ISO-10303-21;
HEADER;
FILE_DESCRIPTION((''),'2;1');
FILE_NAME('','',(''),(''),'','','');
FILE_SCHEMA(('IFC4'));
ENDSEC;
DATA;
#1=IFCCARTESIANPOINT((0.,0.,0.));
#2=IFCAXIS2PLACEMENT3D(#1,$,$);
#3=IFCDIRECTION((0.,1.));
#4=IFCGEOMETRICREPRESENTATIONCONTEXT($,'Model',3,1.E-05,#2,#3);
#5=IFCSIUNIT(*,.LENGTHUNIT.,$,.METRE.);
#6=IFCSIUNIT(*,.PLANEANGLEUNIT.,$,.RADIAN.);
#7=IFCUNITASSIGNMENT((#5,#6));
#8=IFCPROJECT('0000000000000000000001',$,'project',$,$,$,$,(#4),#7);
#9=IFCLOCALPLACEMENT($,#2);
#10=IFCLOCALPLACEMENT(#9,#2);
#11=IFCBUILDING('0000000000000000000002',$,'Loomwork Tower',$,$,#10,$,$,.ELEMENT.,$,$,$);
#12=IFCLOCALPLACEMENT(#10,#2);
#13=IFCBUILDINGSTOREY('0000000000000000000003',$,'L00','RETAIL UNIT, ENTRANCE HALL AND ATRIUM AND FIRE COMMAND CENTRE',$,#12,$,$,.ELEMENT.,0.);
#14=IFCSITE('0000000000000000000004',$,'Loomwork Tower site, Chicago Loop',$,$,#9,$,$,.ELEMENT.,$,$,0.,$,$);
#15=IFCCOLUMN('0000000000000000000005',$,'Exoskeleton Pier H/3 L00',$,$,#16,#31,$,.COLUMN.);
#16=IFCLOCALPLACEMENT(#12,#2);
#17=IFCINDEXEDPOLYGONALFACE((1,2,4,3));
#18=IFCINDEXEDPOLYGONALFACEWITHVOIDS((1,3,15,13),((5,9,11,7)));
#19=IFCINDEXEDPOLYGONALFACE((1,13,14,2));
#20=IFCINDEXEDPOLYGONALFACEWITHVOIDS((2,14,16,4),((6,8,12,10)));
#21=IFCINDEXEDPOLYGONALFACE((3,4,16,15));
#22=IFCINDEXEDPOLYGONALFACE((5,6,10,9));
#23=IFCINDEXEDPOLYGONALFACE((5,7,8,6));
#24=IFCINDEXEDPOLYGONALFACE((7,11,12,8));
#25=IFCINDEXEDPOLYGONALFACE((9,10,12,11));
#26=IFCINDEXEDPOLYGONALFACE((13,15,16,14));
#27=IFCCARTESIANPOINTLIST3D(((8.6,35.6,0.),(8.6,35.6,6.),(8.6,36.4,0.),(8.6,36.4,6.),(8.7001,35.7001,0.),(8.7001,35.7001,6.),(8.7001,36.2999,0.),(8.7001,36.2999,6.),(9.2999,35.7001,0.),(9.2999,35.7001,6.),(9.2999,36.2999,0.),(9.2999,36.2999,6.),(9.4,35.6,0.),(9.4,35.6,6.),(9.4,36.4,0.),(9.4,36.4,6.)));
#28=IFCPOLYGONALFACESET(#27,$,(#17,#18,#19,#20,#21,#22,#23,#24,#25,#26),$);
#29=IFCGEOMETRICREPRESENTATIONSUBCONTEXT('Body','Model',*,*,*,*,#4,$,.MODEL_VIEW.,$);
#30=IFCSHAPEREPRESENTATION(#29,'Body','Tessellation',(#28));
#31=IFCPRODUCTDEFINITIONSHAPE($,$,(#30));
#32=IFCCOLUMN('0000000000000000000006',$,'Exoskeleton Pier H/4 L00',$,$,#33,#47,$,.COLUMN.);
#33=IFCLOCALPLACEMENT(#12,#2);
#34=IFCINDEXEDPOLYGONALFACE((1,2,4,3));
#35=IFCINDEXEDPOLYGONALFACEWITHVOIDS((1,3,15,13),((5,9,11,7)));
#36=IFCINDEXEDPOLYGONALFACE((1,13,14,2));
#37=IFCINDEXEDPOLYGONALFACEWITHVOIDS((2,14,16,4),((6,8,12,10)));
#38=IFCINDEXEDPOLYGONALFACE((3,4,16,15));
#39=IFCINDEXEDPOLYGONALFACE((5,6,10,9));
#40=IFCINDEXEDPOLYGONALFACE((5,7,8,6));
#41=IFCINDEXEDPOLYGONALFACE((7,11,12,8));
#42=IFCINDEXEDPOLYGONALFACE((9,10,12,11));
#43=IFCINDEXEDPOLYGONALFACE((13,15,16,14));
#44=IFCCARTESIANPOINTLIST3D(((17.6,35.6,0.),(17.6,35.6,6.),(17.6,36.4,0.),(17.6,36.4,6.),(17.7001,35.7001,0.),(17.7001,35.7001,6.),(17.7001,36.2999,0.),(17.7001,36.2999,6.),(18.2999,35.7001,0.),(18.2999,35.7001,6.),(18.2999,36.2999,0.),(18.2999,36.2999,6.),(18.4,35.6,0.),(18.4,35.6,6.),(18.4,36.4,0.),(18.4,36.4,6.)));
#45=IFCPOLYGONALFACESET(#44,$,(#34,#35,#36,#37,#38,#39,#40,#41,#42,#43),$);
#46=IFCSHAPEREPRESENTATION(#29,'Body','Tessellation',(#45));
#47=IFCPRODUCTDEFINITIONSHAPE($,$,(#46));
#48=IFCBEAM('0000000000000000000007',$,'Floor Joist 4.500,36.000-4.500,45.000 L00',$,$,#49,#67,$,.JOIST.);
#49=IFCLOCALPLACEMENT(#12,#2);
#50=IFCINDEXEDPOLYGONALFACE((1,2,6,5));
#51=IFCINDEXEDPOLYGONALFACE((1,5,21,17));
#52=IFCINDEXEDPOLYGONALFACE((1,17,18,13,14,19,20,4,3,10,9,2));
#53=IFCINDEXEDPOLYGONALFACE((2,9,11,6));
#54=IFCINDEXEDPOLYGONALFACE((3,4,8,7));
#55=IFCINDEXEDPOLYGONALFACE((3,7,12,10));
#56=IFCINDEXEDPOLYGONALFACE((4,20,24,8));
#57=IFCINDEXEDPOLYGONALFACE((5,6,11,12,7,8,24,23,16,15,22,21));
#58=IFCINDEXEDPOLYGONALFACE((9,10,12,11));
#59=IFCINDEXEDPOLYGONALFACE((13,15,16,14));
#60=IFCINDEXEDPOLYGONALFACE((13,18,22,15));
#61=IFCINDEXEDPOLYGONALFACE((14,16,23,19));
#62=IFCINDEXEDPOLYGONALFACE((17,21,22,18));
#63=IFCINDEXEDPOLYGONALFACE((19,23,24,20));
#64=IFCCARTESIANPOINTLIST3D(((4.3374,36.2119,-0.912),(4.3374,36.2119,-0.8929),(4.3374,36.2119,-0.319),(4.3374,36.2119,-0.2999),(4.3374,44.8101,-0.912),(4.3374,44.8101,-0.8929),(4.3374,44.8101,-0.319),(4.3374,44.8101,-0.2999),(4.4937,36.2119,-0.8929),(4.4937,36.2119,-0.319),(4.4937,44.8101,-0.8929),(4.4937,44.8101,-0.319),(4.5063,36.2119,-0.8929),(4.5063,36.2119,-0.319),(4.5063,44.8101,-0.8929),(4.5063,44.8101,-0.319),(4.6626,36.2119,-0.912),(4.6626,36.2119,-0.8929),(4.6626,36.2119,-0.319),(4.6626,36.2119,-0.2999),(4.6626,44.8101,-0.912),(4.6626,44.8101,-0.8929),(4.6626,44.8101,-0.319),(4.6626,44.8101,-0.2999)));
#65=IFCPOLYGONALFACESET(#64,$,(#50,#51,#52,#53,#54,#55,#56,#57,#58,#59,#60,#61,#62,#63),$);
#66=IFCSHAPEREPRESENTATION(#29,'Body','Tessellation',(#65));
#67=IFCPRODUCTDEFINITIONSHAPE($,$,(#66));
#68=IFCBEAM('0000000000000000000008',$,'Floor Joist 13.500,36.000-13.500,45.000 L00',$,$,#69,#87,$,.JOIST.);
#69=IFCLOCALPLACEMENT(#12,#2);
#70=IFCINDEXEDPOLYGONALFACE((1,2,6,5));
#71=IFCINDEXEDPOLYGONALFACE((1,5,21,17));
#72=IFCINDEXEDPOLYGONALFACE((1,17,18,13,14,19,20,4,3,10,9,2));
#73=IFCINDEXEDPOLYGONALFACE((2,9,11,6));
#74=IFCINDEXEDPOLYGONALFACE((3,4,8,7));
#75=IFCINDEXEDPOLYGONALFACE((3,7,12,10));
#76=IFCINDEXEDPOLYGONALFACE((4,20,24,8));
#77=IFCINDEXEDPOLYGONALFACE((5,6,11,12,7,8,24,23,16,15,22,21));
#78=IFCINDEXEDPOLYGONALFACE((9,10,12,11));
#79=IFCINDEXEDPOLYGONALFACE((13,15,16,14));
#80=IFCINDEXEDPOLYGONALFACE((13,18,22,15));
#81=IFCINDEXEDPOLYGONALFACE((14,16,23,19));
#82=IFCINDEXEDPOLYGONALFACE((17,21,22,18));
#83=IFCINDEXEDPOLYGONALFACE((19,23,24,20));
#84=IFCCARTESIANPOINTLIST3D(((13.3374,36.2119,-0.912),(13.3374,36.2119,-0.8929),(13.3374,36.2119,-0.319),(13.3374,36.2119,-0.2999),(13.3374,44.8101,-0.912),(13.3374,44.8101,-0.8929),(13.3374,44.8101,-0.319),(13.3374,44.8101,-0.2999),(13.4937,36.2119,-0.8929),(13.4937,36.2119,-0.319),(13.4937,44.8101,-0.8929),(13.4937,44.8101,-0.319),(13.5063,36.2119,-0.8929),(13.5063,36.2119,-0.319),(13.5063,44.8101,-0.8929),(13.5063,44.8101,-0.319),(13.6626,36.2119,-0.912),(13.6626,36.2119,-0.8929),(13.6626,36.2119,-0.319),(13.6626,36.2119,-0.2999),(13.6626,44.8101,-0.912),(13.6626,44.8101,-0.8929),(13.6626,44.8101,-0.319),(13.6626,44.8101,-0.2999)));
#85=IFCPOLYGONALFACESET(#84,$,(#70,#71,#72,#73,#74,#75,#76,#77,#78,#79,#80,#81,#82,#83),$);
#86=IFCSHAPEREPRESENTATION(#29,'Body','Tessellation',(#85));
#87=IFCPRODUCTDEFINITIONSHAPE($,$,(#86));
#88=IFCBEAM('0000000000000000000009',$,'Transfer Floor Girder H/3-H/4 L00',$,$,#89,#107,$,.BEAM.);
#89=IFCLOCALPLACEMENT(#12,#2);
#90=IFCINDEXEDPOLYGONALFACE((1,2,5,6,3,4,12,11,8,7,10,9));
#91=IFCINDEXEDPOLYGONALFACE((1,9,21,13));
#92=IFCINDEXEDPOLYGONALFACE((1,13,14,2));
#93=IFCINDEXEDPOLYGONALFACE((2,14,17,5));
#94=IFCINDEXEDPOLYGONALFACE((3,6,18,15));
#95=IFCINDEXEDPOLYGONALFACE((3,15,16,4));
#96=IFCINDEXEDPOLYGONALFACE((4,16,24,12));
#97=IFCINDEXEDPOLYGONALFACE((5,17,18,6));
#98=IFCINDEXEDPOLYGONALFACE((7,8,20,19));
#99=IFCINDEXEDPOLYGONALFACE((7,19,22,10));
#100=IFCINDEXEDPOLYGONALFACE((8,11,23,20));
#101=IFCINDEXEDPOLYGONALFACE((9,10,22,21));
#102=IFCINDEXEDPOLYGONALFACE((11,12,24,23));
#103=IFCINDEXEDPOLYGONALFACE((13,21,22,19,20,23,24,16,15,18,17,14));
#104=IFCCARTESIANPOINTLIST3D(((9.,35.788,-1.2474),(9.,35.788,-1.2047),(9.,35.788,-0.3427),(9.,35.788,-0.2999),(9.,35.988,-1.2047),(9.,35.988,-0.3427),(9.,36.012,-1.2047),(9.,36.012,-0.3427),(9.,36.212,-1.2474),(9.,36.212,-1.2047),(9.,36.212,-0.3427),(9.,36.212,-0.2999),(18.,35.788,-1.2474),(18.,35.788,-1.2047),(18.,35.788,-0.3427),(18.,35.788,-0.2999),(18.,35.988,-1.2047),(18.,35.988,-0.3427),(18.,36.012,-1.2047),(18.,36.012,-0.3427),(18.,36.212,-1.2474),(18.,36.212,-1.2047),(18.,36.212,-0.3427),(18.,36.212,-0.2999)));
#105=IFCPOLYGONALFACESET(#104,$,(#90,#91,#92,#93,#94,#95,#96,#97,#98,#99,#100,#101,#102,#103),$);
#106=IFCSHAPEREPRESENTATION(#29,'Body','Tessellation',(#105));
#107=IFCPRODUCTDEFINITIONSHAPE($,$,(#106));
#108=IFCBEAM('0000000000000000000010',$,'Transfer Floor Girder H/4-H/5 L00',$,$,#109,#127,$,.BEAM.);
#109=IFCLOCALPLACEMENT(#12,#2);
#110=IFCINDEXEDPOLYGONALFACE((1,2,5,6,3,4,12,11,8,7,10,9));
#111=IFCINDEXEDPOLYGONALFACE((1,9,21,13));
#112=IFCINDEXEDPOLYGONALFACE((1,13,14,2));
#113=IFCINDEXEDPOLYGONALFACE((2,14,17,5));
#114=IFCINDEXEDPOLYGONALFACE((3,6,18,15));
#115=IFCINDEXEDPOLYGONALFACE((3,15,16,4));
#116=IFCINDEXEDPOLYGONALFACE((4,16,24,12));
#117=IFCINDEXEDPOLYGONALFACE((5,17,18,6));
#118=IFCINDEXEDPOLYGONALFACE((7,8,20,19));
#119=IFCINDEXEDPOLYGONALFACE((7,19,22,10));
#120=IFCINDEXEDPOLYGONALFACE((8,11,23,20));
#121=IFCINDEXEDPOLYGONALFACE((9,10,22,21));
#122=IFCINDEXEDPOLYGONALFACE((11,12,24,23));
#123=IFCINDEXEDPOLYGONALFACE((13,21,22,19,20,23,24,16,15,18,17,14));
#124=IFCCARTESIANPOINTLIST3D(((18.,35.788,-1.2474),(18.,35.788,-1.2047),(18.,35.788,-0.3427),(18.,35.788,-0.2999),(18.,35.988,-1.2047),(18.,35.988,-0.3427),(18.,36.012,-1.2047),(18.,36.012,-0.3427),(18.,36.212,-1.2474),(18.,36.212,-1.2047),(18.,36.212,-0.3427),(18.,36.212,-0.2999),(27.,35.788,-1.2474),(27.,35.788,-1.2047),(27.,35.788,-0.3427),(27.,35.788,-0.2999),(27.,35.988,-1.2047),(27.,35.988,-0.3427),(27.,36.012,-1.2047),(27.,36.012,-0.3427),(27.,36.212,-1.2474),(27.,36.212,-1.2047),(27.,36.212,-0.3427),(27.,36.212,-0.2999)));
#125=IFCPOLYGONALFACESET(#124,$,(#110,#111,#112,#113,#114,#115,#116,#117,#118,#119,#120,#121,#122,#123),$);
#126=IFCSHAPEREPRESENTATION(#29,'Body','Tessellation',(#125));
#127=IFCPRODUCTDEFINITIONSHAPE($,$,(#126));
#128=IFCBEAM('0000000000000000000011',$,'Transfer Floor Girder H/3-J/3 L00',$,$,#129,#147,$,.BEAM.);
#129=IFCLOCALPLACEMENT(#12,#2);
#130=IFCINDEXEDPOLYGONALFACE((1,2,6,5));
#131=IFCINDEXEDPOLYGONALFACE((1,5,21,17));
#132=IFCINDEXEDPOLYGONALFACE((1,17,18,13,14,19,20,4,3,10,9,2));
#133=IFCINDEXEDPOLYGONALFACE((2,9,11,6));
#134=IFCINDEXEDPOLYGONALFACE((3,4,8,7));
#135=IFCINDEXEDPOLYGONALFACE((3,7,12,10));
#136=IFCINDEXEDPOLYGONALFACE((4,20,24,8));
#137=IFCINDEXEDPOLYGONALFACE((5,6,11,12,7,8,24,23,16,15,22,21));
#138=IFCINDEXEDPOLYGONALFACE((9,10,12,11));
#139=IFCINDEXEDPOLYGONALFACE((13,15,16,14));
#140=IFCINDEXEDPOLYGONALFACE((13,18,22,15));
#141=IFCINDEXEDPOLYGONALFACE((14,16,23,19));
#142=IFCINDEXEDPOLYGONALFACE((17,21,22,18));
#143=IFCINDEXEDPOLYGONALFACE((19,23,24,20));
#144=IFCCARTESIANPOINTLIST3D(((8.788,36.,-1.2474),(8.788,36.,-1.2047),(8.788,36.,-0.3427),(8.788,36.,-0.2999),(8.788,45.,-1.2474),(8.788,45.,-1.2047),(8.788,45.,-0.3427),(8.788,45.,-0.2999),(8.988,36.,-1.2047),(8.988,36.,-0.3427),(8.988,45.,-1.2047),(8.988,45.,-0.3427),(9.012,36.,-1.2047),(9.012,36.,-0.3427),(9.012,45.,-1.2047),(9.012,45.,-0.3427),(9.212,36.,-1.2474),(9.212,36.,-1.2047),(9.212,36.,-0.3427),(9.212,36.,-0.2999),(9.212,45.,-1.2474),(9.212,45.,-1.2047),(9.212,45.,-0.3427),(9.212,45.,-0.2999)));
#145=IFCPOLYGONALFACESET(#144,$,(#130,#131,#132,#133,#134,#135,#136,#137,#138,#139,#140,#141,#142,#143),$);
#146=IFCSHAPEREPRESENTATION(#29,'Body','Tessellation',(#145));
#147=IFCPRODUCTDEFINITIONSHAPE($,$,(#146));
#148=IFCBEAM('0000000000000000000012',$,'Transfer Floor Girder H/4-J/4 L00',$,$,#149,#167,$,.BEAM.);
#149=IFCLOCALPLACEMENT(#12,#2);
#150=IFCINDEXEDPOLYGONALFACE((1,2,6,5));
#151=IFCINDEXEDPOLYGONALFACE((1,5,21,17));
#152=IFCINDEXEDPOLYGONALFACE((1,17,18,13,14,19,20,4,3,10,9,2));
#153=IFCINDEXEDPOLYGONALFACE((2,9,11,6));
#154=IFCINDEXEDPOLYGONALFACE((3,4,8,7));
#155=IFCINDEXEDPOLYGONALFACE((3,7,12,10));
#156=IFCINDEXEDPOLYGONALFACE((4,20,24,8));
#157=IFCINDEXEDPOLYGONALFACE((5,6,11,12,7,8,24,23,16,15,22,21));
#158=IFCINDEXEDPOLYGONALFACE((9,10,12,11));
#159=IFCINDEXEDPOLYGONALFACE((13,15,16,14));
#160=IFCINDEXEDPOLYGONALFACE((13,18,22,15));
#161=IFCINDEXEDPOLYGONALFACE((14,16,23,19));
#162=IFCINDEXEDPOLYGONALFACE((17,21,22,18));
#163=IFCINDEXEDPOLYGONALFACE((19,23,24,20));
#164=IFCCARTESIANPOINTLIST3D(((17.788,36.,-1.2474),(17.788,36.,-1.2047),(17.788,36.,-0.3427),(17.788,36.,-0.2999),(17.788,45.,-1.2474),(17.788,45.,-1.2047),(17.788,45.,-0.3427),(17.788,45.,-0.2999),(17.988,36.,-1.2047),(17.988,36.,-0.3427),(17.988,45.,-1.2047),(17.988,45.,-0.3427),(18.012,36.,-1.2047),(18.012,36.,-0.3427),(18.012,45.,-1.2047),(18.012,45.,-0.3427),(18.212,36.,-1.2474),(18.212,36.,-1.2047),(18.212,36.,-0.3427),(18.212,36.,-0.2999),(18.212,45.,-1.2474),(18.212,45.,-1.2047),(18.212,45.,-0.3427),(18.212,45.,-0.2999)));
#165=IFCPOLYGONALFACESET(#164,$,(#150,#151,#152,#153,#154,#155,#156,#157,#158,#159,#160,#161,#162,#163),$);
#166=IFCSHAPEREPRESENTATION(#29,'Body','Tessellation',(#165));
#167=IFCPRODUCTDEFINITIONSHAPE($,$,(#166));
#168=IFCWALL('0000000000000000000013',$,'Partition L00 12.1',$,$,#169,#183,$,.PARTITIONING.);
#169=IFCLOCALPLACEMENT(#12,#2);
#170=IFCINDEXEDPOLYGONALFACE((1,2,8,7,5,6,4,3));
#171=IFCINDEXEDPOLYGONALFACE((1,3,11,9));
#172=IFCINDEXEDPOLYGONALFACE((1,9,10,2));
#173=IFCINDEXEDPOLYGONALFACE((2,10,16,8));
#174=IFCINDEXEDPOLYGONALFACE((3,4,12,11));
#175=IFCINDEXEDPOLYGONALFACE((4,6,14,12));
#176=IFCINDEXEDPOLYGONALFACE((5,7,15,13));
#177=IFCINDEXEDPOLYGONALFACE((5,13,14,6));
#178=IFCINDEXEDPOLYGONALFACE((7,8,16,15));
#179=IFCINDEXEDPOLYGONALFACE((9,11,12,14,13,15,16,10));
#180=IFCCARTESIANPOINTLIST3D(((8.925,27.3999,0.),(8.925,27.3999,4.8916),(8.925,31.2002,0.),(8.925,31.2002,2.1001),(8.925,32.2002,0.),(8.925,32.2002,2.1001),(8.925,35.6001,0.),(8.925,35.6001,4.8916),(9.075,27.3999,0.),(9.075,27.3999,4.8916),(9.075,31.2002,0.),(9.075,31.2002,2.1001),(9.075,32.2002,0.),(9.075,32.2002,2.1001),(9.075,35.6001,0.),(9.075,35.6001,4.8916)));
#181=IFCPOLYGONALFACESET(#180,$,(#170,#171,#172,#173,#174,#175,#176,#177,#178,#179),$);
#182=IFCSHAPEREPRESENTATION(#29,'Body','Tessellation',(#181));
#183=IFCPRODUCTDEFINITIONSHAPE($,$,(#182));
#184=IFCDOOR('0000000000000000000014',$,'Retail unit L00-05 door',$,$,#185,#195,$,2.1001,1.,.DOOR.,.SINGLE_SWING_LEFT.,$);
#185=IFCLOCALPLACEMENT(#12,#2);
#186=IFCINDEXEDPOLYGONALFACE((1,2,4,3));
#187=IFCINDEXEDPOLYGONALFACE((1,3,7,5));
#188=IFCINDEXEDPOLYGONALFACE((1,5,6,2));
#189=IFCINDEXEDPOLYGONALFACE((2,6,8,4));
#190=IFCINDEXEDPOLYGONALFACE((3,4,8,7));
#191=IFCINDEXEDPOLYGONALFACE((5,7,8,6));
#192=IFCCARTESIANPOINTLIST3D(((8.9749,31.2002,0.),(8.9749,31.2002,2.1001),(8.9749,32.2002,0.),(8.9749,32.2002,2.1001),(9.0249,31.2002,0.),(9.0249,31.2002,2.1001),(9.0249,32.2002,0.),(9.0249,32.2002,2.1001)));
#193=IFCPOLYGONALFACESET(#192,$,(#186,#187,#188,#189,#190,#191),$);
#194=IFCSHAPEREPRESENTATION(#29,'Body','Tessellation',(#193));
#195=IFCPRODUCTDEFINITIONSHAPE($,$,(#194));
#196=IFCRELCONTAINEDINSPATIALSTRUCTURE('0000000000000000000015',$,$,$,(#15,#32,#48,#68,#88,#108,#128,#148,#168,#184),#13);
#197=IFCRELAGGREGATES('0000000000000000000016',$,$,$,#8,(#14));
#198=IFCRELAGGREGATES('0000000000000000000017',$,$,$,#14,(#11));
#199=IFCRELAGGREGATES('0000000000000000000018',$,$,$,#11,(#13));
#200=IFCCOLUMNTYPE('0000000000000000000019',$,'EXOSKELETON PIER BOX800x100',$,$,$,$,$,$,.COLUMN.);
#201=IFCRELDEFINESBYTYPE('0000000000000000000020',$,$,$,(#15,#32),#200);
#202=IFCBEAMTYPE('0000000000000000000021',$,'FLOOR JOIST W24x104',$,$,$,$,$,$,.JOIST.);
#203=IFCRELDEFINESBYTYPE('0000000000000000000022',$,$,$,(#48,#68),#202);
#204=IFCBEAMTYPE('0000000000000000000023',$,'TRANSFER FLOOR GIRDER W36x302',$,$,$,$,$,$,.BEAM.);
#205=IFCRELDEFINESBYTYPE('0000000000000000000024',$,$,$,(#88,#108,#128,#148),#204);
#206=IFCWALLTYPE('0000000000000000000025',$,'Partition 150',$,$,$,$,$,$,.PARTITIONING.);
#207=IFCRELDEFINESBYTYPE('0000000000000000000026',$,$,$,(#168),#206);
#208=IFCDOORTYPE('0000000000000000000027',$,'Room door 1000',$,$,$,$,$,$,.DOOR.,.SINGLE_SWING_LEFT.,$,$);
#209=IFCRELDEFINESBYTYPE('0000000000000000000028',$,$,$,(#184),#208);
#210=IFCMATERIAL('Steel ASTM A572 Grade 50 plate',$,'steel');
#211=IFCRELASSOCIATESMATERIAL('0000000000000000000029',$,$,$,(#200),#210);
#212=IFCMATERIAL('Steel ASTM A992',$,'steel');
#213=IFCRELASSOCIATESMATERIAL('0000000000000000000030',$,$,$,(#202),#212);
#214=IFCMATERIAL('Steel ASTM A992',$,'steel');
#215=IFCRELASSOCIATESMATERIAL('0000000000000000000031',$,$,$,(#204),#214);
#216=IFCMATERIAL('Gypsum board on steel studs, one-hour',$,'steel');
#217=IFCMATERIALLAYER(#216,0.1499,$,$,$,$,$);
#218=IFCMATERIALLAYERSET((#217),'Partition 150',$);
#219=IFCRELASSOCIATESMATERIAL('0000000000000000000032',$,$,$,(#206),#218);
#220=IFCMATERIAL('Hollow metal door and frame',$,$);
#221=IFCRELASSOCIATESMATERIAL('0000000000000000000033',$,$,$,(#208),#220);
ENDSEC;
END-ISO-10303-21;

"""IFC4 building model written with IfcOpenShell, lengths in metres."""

from ifc_helpers import new_model, si_unit, direction, frame, frame_2d, origin, origin_2d, place, context, subcontext, project, spatial, rectangle, hollow_rectangle, i_section, extrude, material, layer, layer_set, material_profile, profile_set, type_object, element, fill, save


model = new_model("IFC4")

# Units and contexts
model_context = context("Model", 3, precision=1e-05, world=origin(), true_north=direction((0.0, 1.0)))
body_context = subcontext(model_context, "Body", "Model", "MODEL_VIEW")
ifc_project = project(units=[si_unit("LENGTHUNIT", "METRE"), si_unit("PLANEANGLEUNIT", "RADIAN")], contexts=[model_context])

# Site, building, storey
site_placement = place(None, origin())
site = spatial("IfcSite", under=ifc_project, at=site_placement, Name="Loomwork Tower site, Chicago Loop", CompositionType="ELEMENT", RefElevation=0.0)
building_placement = place(site_placement, origin())
building = spatial("IfcBuilding", under=site, at=building_placement, Name="Loomwork Tower", CompositionType="ELEMENT")
storey_placement = place(building_placement, origin())
storey = spatial("IfcBuildingStorey", under=building, at=storey_placement, Name="L00", Description="RETAIL UNIT, ENTRANCE HALL AND ATRIUM AND FIRE COMMAND CENTRE", CompositionType="ELEMENT", Elevation=0.0)

# Columns
ifc_material_1 = material(Name="Steel ASTM A572 Grade 50 plate", Category="steel")
ifc_material_profile_1 = material_profile(ifc_material_1, hollow_rectangle(XDim=0.8, YDim=0.8, WallThickness=0.1001, at=origin_2d()), Name="BOX800x100")
ifc_profile_set_1 = profile_set([ifc_material_profile_1], Name="Steel ASTM A572 Grade 50 plate")
column_type = type_object("IfcColumnType", Name="EXOSKELETON PIER BOX800x100", PredefinedType="COLUMN", material=ifc_profile_set_1)
for number, where, z_axis, x_axis, name in (
    (1, (9.0, 36.0, 0.0), (0.0, 0.0, 1.0), (1.0, 0.0, 0.0), "Exoskeleton Pier H/3 L00"),
    (2, (18.0, 36.0, 0.0), (0.0, 0.0, 1.0), (1.0, 0.0, 0.0), "Exoskeleton Pier H/4 L00"),
):
    element("IfcColumn", number, at=place(storey_placement, frame(where, z_axis=z_axis, x_axis=x_axis)), inside=storey, type_object=column_type, Name=name, PredefinedType="COLUMN", context=body_context, shape_type="SweptSolid", body=[
        extrude(hollow_rectangle(XDim=0.8, YDim=0.8, WallThickness=0.1001, at=origin_2d()), origin(), (0.0, 0.0, 1.0), 6.0),
    ])

# Beams
ifc_material_2 = material(Name="Steel ASTM A992", Category="steel")
ifc_material_profile_2 = material_profile(ifc_material_2, i_section(OverallWidth=0.3252, OverallDepth=0.6121, WebThickness=0.0127, FlangeThickness=0.019, at=origin_2d()), Name="W24x104")
ifc_profile_set_2 = profile_set([ifc_material_profile_2], Name="Steel ASTM A992")
beam_type_1 = type_object("IfcBeamType", Name="FLOOR JOIST W24x104", PredefinedType="JOIST", material=ifc_profile_set_2)
for number, where, z_axis, x_axis, name in (
    (3, (4.5, 36.2119, -0.606), (0.0, 1.0, 0.0), (-1.0, 0.0, 0.0), "Floor Joist 4.500,36.000-4.500,45.000 L00"),
    (4, (13.5, 36.2119, -0.606), (0.0, 1.0, 0.0), (-1.0, 0.0, 0.0), "Floor Joist 13.500,36.000-13.500,45.000 L00"),
):
    element("IfcBeam", number, at=place(storey_placement, frame(where, z_axis=z_axis, x_axis=x_axis)), inside=storey, type_object=beam_type_1, Name=name, PredefinedType="JOIST", context=body_context, shape_type="SweptSolid", body=[
        extrude(i_section(OverallWidth=0.3252, OverallDepth=0.6121, WebThickness=0.0127, FlangeThickness=0.019, at=origin_2d()), origin(), (0.0, 0.0, 1.0), 8.5981),
    ])
ifc_material_3 = material(Name="Steel ASTM A992", Category="steel")
ifc_material_profile_3 = material_profile(ifc_material_3, i_section(OverallWidth=0.4241, OverallDepth=0.9475, WebThickness=0.0239, FlangeThickness=0.0427, at=origin_2d()), Name="W36x302")
ifc_profile_set_3 = profile_set([ifc_material_profile_3], Name="Steel ASTM A992")
beam_type_2 = type_object("IfcBeamType", Name="TRANSFER FLOOR GIRDER W36x302", PredefinedType="BEAM", material=ifc_profile_set_3)
for number, where, z_axis, x_axis, name in (
    (5, (9.0, 36.0, -0.7737), (1.0, 0.0, 0.0), (0.0, 1.0, 0.0), "Transfer Floor Girder H/3-H/4 L00"),
    (6, (18.0, 36.0, -0.7737), (1.0, 0.0, 0.0), (0.0, 1.0, 0.0), "Transfer Floor Girder H/4-H/5 L00"),
    (7, (9.0, 36.0, -0.7737), (0.0, 1.0, 0.0), (-1.0, 0.0, 0.0), "Transfer Floor Girder H/3-J/3 L00"),
    (8, (18.0, 36.0, -0.7737), (0.0, 1.0, 0.0), (-1.0, 0.0, 0.0), "Transfer Floor Girder H/4-J/4 L00"),
):
    element("IfcBeam", number, at=place(storey_placement, frame(where, z_axis=z_axis, x_axis=x_axis)), inside=storey, type_object=beam_type_2, Name=name, PredefinedType="BEAM", context=body_context, shape_type="SweptSolid", body=[
        extrude(i_section(OverallWidth=0.4241, OverallDepth=0.9475, WebThickness=0.0239, FlangeThickness=0.0427, at=origin_2d()), origin(), (0.0, 0.0, 1.0), 9.0),
    ])

# Wall, opening, door
ifc_material_4 = material(Name="Gypsum board on steel studs, one-hour", Category="steel")
ifc_layer_1 = layer(ifc_material_4, 0.1499)
ifc_layer_set_1 = layer_set([ifc_layer_1], Name="Partition 150")
wall_type_1 = type_object("IfcWallType", Name="Partition 150", PredefinedType="PARTITIONING", material=ifc_layer_set_1)
wall_1_placement = place(storey_placement, frame((9.0, 35.6001, 0.0), z_axis=(0.0, 0.0, 1.0), x_axis=(0.0, -1.0, 0.0)))
wall_1 = element("IfcWall", 9, at=wall_1_placement, inside=storey, type_object=wall_type_1, Name="Partition L00 12.1", PredefinedType="PARTITIONING", context=body_context, shape_type="SweptSolid", body=[
    extrude(rectangle(XDim=8.2002, YDim=0.1499, at=frame_2d((4.1001, 0.0))), origin(), (0.0, 0.0, 1.0), 4.8916),
])
opening_1_placement = place(wall_1_placement, frame((3.3999, 0.0, 0.0)))
opening_1 = element("IfcOpeningElement", 10, at=opening_1_placement, cuts=wall_1, PredefinedType="OPENING", context=body_context, shape_type="SweptSolid", body=[
    extrude(rectangle(XDim=1.0, YDim=2.1001, at=frame_2d((0.5, 1.05))), frame((0.0, 0.085, 0.0), z_axis=(0.0, -1.0, 0.0), x_axis=(1.0, 0.0, 0.0)), (0.0, 0.0, 1.0), 0.1699),
])
ifc_material_5 = material(Name="Hollow metal door and frame")
door_type = type_object("IfcDoorType", Name="Room door 1000", OperationType="SINGLE_SWING_LEFT", PredefinedType="DOOR", material=ifc_material_5)
door_1_placement = place(opening_1_placement, origin())
door_1 = element("IfcDoor", 11, at=door_1_placement, inside=storey, type_object=door_type, Name="Retail unit L00-05 door", OperationType="SINGLE_SWING_LEFT", OverallHeight=2.1001, OverallWidth=1.0, PredefinedType="DOOR", context=body_context, shape_type="SweptSolid", body=[
    extrude(rectangle(XDim=1.0, YDim=2.1001, at=frame_2d((0.5, 1.05))), frame((0.0, 0.0249, 0.0), z_axis=(0.0, -1.0, 0.0), x_axis=(1.0, 0.0, 0.0)), (0.0, 0.0, 1.0), 0.05),
])
fill(opening_1, door_1)

save(model, "model.ifc")
